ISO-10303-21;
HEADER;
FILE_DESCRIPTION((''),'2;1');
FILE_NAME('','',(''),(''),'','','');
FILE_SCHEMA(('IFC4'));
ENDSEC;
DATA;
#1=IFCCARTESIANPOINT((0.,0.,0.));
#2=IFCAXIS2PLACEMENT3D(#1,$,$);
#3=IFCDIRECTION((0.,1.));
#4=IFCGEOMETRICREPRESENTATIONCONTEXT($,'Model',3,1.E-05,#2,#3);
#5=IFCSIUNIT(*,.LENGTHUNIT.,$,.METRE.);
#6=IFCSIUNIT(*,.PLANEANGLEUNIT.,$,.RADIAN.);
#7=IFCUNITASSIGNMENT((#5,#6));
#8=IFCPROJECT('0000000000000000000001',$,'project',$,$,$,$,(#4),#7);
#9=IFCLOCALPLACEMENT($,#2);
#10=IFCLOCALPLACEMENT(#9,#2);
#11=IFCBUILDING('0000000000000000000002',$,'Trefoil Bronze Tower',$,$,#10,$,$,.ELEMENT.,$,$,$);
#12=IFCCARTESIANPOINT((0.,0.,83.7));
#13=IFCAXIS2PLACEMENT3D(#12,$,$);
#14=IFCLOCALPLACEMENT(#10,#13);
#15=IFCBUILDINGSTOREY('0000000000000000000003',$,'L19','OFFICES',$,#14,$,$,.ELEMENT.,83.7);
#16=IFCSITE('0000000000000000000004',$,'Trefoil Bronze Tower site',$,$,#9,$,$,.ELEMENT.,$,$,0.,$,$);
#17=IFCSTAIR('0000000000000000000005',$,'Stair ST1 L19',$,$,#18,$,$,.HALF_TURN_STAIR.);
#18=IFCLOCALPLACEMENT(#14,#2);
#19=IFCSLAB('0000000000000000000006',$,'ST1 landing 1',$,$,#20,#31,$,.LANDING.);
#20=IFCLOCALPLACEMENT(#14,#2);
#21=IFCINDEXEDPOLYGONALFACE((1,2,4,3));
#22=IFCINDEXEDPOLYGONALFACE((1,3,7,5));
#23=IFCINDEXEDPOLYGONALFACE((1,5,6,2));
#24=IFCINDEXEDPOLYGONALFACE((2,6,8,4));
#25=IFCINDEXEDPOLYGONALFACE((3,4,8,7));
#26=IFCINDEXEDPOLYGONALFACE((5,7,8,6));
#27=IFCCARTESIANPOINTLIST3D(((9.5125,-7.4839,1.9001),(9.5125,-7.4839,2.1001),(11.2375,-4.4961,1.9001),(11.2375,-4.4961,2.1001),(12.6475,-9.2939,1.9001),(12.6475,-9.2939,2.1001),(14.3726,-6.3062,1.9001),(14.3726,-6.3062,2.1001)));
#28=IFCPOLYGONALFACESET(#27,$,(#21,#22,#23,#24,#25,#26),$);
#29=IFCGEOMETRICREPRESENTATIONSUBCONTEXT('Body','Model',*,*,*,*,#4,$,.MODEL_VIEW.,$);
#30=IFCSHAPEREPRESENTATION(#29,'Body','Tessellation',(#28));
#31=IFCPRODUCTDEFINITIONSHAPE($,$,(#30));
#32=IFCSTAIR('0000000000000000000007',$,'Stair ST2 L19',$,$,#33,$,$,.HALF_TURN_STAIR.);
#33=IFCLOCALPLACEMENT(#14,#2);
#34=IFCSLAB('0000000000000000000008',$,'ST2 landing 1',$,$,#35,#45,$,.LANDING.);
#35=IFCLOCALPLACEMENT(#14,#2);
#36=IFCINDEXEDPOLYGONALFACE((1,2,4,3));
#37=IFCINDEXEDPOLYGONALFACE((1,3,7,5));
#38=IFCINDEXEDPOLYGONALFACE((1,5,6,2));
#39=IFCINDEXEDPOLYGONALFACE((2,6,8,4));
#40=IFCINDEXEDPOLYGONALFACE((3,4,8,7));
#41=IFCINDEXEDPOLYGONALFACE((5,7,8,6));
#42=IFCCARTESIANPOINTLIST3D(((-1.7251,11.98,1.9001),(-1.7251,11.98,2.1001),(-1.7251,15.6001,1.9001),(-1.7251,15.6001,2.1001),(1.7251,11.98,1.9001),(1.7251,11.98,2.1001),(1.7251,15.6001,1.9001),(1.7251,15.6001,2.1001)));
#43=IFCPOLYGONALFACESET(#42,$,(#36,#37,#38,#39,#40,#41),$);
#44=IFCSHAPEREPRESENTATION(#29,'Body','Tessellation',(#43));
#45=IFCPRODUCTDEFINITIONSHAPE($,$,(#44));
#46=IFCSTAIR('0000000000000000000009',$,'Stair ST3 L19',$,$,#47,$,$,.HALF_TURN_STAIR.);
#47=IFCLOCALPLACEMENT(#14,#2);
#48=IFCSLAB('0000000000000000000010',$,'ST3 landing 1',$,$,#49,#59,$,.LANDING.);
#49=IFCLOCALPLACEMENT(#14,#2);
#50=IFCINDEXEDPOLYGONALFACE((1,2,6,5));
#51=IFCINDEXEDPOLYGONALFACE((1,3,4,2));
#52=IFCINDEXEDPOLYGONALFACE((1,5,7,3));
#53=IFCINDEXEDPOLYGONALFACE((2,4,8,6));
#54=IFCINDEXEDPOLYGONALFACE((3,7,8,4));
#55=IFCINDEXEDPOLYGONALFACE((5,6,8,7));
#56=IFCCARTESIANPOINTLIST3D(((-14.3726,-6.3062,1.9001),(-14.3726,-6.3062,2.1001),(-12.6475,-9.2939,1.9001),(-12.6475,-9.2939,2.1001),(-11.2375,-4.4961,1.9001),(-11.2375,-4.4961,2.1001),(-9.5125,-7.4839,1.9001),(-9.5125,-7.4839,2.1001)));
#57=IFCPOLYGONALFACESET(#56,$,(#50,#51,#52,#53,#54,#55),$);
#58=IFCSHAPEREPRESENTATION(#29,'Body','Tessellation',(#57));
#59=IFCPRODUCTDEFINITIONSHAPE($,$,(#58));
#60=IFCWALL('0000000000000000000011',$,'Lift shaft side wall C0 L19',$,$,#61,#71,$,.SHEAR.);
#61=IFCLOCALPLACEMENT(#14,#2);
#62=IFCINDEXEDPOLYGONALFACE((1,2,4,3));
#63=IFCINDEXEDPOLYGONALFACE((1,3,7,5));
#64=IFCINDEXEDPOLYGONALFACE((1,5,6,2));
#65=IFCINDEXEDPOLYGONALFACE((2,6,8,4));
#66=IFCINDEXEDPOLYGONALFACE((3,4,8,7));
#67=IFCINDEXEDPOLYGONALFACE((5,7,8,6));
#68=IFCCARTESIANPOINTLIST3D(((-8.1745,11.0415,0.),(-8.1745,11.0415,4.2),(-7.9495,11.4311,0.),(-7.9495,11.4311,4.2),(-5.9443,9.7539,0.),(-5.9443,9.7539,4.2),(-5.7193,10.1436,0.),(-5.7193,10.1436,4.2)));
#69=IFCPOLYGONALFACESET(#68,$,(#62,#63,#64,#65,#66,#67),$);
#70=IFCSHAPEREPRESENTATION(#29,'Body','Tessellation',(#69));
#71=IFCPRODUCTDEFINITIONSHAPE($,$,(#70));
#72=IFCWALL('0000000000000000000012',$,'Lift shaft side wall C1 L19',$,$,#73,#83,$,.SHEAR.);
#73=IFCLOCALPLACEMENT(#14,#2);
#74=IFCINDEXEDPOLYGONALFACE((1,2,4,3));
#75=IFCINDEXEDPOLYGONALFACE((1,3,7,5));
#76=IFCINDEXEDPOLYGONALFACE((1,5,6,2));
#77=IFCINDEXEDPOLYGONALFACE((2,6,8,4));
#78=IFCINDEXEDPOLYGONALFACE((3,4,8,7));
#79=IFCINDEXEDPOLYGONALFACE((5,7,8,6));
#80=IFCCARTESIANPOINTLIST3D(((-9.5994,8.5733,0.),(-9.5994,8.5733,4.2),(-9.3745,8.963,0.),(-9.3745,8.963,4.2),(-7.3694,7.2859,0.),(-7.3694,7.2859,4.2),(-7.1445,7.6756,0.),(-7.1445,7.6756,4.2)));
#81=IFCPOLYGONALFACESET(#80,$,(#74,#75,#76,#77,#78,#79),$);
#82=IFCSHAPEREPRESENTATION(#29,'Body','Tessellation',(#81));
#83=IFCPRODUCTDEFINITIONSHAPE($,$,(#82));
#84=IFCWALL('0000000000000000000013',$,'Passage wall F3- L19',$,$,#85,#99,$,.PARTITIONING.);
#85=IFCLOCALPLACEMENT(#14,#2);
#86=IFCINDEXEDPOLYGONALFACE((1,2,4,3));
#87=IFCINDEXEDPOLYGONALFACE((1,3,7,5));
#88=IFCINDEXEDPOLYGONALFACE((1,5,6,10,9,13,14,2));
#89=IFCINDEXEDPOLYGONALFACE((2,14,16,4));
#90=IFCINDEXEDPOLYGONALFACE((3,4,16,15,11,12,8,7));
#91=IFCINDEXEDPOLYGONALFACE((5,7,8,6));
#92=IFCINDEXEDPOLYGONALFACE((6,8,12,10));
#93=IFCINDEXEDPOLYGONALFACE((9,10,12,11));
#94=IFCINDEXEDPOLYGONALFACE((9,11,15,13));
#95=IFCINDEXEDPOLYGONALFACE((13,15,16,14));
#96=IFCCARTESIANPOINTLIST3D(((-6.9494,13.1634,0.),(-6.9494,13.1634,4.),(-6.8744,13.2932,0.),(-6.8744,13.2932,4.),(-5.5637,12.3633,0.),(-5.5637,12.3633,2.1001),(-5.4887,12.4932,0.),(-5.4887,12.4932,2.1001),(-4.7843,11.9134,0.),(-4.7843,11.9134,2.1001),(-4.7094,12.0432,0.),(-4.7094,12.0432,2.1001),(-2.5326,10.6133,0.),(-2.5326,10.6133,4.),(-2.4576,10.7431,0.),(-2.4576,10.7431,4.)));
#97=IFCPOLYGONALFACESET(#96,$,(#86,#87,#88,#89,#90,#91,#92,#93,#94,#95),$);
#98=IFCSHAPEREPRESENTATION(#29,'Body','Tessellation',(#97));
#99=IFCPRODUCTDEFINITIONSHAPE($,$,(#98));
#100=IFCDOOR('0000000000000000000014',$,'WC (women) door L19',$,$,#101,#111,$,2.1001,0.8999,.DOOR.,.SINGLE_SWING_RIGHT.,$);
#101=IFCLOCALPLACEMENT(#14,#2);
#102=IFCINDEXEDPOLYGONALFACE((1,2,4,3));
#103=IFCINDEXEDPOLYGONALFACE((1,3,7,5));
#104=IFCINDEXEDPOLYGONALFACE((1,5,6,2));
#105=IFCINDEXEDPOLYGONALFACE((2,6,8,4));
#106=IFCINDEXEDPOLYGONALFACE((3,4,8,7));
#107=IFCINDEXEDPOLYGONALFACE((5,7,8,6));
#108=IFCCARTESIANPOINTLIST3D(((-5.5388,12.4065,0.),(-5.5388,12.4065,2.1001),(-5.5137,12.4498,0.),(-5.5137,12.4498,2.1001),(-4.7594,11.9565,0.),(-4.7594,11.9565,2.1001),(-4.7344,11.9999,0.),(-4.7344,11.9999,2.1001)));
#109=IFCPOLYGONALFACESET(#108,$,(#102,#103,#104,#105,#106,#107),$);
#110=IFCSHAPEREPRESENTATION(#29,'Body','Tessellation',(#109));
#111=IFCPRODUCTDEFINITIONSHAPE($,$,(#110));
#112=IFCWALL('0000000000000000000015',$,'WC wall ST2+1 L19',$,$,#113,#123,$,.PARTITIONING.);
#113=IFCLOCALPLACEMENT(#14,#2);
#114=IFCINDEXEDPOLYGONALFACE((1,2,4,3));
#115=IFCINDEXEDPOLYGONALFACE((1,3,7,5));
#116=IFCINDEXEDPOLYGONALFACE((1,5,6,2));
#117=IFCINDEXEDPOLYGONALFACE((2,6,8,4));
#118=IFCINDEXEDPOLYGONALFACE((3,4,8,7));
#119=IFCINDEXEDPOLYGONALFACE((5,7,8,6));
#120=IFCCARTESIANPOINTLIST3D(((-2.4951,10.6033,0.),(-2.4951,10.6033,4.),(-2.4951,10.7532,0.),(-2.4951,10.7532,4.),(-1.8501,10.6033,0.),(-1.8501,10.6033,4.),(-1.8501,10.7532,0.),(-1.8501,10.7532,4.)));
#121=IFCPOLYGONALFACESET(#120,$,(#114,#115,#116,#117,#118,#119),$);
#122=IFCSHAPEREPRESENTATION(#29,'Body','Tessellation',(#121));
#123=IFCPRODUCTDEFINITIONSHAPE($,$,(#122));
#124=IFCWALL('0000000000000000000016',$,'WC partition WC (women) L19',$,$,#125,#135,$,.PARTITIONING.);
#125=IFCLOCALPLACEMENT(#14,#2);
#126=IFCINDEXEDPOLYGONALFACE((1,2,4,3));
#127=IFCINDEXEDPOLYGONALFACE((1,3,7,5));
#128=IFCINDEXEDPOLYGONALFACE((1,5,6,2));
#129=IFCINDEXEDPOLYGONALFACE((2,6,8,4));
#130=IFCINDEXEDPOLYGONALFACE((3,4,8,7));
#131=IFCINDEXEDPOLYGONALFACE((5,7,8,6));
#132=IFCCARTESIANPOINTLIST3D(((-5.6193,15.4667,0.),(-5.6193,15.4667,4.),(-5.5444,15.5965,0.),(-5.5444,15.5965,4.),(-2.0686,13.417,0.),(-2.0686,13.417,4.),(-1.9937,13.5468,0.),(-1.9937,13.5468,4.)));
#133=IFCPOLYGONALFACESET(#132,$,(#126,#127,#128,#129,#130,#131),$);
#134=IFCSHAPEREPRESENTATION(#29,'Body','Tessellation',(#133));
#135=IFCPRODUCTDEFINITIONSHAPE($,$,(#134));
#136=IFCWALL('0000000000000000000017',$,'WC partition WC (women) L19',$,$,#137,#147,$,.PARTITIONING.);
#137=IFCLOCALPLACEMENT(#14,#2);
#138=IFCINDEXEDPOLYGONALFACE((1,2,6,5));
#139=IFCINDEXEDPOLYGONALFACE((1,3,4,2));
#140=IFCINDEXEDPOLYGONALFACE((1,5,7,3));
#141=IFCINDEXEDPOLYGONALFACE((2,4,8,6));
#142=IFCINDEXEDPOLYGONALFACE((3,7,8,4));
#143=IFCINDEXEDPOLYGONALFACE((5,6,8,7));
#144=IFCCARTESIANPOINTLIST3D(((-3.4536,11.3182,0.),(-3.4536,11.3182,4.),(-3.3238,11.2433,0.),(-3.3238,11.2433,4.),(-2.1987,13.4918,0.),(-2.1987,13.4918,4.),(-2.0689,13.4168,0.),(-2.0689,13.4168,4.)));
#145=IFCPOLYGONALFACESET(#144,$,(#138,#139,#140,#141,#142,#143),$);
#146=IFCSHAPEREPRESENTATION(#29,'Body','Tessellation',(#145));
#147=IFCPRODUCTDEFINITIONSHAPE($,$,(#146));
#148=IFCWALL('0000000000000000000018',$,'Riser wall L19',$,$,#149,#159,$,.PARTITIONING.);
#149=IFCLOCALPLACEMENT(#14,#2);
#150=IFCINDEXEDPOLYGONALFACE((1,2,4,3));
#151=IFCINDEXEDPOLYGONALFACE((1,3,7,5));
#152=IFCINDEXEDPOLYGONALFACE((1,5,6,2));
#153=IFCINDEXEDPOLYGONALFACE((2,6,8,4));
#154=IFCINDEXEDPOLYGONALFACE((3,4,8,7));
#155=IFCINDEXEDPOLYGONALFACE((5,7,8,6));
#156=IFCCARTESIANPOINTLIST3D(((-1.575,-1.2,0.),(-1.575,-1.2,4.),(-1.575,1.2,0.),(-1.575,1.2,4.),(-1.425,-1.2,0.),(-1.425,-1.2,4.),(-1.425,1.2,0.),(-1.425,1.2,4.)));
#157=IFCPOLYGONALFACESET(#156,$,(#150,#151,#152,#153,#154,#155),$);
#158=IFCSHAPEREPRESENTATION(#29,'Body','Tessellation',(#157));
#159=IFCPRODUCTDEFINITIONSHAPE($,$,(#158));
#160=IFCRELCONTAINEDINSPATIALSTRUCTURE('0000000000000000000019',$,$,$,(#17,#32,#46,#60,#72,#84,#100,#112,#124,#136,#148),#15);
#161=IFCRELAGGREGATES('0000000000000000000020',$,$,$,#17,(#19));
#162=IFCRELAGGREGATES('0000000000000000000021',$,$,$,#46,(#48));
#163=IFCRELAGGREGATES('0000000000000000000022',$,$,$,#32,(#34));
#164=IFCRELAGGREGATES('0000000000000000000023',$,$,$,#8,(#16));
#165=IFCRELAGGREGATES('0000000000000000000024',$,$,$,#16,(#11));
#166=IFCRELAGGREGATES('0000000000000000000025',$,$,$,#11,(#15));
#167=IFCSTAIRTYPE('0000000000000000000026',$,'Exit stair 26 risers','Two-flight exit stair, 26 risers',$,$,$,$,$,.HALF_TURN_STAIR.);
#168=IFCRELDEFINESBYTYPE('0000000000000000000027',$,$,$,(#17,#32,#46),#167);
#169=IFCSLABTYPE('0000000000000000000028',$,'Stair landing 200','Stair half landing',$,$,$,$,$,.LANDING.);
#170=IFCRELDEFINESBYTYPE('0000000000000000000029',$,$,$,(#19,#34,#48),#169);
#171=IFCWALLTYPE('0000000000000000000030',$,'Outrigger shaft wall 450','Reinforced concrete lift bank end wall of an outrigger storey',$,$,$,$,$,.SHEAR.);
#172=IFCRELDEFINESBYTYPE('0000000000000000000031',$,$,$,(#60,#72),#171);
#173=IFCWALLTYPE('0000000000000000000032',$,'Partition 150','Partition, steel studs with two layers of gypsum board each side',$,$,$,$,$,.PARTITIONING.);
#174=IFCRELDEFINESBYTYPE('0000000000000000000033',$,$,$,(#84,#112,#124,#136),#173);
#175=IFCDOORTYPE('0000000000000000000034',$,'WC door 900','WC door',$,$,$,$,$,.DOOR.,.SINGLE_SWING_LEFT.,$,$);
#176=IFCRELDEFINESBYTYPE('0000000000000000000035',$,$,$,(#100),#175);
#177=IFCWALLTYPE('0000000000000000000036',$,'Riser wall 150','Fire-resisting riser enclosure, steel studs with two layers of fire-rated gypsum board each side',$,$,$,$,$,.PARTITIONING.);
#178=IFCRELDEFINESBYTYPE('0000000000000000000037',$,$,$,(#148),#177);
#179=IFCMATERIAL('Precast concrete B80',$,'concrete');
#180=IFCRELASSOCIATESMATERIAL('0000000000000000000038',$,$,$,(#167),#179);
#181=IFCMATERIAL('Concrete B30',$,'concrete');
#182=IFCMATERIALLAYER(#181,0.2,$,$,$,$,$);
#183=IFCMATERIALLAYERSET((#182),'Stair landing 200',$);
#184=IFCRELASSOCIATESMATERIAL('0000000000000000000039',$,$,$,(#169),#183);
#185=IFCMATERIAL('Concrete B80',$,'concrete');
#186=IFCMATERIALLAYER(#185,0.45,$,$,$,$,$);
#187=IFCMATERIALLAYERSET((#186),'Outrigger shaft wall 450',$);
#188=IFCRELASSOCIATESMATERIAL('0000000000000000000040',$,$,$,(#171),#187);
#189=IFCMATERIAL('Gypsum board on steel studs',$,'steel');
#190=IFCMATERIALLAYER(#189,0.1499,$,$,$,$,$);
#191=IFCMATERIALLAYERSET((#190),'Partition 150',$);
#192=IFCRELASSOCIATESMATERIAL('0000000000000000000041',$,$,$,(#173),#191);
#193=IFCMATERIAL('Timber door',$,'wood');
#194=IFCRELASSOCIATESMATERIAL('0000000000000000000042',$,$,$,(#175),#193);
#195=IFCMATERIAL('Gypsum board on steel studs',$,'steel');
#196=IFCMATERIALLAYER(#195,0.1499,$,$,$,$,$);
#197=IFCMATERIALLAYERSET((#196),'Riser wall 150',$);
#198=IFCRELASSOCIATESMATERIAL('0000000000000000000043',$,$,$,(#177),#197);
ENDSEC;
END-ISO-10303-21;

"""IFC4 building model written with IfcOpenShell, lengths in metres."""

from ifc_helpers import new_model, si_unit, direction, frame, frame_2d, origin, place, context, subcontext, project, spatial, polyline, rectangle, outline, extrude, material, layer, layer_set, type_object, element, fill, aggregate, save


model = new_model("IFC4")

# Units and contexts
model_context = context("Model", 3, precision=1e-05, world=origin(), true_north=direction((0.0, 1.0)))
body_context = subcontext(model_context, "Body", "Model", "MODEL_VIEW")
ifc_project = project(units=[si_unit("LENGTHUNIT", "METRE"), si_unit("PLANEANGLEUNIT", "RADIAN")], contexts=[model_context])

# Site, building, storey
site_placement = place(None, origin())
site = spatial("IfcSite", under=ifc_project, at=site_placement, Name="Trefoil Bronze Tower site", CompositionType="ELEMENT", RefElevation=0.0)
building_placement = place(site_placement, origin())
building = spatial("IfcBuilding", under=site, at=building_placement, Name="Trefoil Bronze Tower", CompositionType="ELEMENT")
storey_placement = place(building_placement, frame((0.0, 0.0, 83.7)))
storey = spatial("IfcBuildingStorey", under=building, at=storey_placement, Name="L19", Description="OFFICES", CompositionType="ELEMENT", Elevation=83.7)

# Stairs, slabs
ifc_material_1 = material(Name="Precast concrete B80", Category="concrete")
stair_type = type_object("IfcStairType", Name="Exit stair 26 risers", Description="Two-flight exit stair, 26 risers", PredefinedType="HALF_TURN_STAIR", material=ifc_material_1)
stair_1_placement = place(storey_placement, origin())
stair_1 = element("IfcStair", 1, at=stair_1_placement, inside=storey, type_object=stair_type, Name="Stair ST1 L19", PredefinedType="HALF_TURN_STAIR")
ifc_material_2 = material(Name="Concrete B30", Category="concrete")
ifc_layer_1 = layer(ifc_material_2, 0.2)
ifc_layer_set_1 = layer_set([ifc_layer_1], Name="Stair landing 200")
slab_type = type_object("IfcSlabType", Name="Stair landing 200", Description="Stair half landing", PredefinedType="LANDING", material=ifc_layer_set_1)
slab_1_placement = place(storey_placement, frame((0.0, 0.0, 1.9001)))
slab_1 = element("IfcSlab", 2, at=slab_1_placement, type_object=slab_type, Name="ST1 landing 1", PredefinedType="LANDING", context=body_context, shape_type="SweptSolid", body=[
    extrude(outline(polyline([(9.5125, -7.4839), (12.6475, -9.2939), (14.3726, -6.3062), (11.2375, -4.4961), (9.5125, -7.4839)])), origin(), (0.0, 0.0, 1.0), 0.2),
])
aggregate(stair_1, [slab_1])
stair_2_placement = place(storey_placement, origin())
stair_2 = element("IfcStair", 3, at=stair_2_placement, inside=storey, type_object=stair_type, Name="Stair ST2 L19", PredefinedType="HALF_TURN_STAIR")
slab_2_placement = place(storey_placement, frame((0.0, 0.0, 1.9001)))
slab_2 = element("IfcSlab", 4, at=slab_2_placement, type_object=slab_type, Name="ST2 landing 1", PredefinedType="LANDING", context=body_context, shape_type="SweptSolid", body=[
    extrude(outline(polyline([(1.7251, 11.98), (1.7251, 15.6001), (-1.7251, 15.6001), (-1.7251, 11.98), (1.7251, 11.98)])), origin(), (0.0, 0.0, 1.0), 0.2),
])
stair_3_placement = place(storey_placement, origin())
stair_3 = element("IfcStair", 5, at=stair_3_placement, inside=storey, type_object=stair_type, Name="Stair ST3 L19", PredefinedType="HALF_TURN_STAIR")
slab_3_placement = place(storey_placement, frame((0.0, 0.0, 1.9001)))
slab_3 = element("IfcSlab", 6, at=slab_3_placement, type_object=slab_type, Name="ST3 landing 1", PredefinedType="LANDING", context=body_context, shape_type="SweptSolid", body=[
    extrude(outline(polyline([(-11.2375, -4.4961), (-14.3726, -6.3062), (-12.6475, -9.2939), (-9.5125, -7.4839), (-11.2375, -4.4961)])), origin(), (0.0, 0.0, 1.0), 0.2),
])
aggregate(stair_3, [slab_3])

# Walls
ifc_material_3 = material(Name="Concrete B80", Category="concrete")
ifc_layer_2 = layer(ifc_material_3, 0.45)
ifc_layer_set_2 = layer_set([ifc_layer_2], Name="Outrigger shaft wall 450")
wall_type_1 = type_object("IfcWallType", Name="Outrigger shaft wall 450", Description="Reinforced concrete lift bank end wall of an outrigger storey", PredefinedType="SHEAR", material=ifc_layer_set_2)
wall_1_placement = place(storey_placement, frame((-5.8318, 9.9487, 0.0), z_axis=(0.0, 0.0, 1.0), x_axis=(-0.866029, 0.499993, 0.0)))
element("IfcWall", 7, at=wall_1_placement, inside=storey, type_object=wall_type_1, Name="Lift shaft side wall C0 L19", PredefinedType="SHEAR", context=body_context, shape_type="SweptSolid", body=[
    extrude(rectangle(XDim=2.5752, YDim=0.45, at=frame_2d((1.2876, 0.0))), origin(), (0.0, 0.0, 1.0), 4.2),
])
wall_2_placement = place(storey_placement, frame((-7.2568, 7.4807, 0.0), z_axis=(0.0, 0.0, 1.0), x_axis=(-0.866047, 0.499963, 0.0)))
element("IfcWall", 8, at=wall_2_placement, inside=storey, type_object=wall_type_1, Name="Lift shaft side wall C1 L19", PredefinedType="SHEAR", context=body_context, shape_type="SweptSolid", body=[
    extrude(rectangle(XDim=2.575, YDim=0.45, at=frame_2d((1.2876, 0.0))), origin(), (0.0, 0.0, 1.0), 4.2),
])

# Wall, opening, door
ifc_material_4 = material(Name="Gypsum board on steel studs", Category="steel")
ifc_layer_3 = layer(ifc_material_4, 0.1499)
ifc_layer_set_3 = layer_set([ifc_layer_3], Name="Partition 150")
wall_type_2 = type_object("IfcWallType", Name="Partition 150", Description="Partition, steel studs with two layers of gypsum board each side", PredefinedType="PARTITIONING", material=ifc_layer_set_3)
wall_3_placement = place(storey_placement, frame((-2.4951, 10.6782, 0.0), z_axis=(0.0, 0.0, 1.0), x_axis=(-0.866022, 0.500006, 0.0)))
wall_3 = element("IfcWall", 9, at=wall_3_placement, inside=storey, type_object=wall_type_2, Name="Passage wall F3- L19", PredefinedType="PARTITIONING", context=body_context, shape_type="SweptSolid", body=[
    extrude(rectangle(XDim=5.1001, YDim=0.1499, at=frame_2d((2.55, 0.0))), origin(), (0.0, 0.0, 1.0), 4.0),
])
opening_1_placement = place(wall_3_placement, frame((2.6001, 0.0, 0.0)))
opening_1 = element("IfcOpeningElement", 10, at=opening_1_placement, cuts=wall_3, PredefinedType="OPENING", context=body_context, shape_type="SweptSolid", body=[
    extrude(rectangle(XDim=0.8999, YDim=2.1001, at=frame_2d((0.45, 1.05))), frame((0.0, 0.085, 0.0), z_axis=(0.0, -1.0, 0.0), x_axis=(1.0, 0.0, 0.0)), (0.0, 0.0, 1.0), 0.1699),
])
ifc_material_5 = material(Name="Timber door", Category="wood")
door_type_1 = type_object("IfcDoorType", Name="WC door 900", Description="WC door", OperationType="SINGLE_SWING_LEFT", PredefinedType="DOOR", material=ifc_material_5)
door_1_placement = place(opening_1_placement, frame((0.8999, 0.0, 0.0), z_axis=(0.0, 0.0, 1.0), x_axis=(-1.0, 0.0, 0.0)))
door_1 = element("IfcDoor", 11, at=door_1_placement, inside=storey, type_object=door_type_1, Name="WC (women) door L19", OperationType="SINGLE_SWING_RIGHT", OverallHeight=2.1001, OverallWidth=0.8999, PredefinedType="DOOR", context=body_context, shape_type="SweptSolid", body=[
    extrude(rectangle(XDim=0.8999, YDim=2.1001, at=frame_2d((0.45, 1.05))), frame((0.0, 0.0249, 0.0), z_axis=(0.0, -1.0, 0.0), x_axis=(1.0, 0.0, 0.0)), (0.0, 0.0, 1.0), 0.05),
])
fill(opening_1, door_1)

# Walls
wall_4_placement = place(storey_placement, frame((-2.4951, 10.6782, 0.0), z_axis=(0.0, 0.0, 1.0), x_axis=(1.0, 0.0, 0.0)))
element("IfcWall", 12, at=wall_4_placement, inside=storey, type_object=wall_type_2, Name="WC wall ST2+1 L19", PredefinedType="PARTITIONING", context=body_context, shape_type="SweptSolid", body=[
    extrude(rectangle(XDim=0.645, YDim=0.1499, at=frame_2d((0.3225, 0.0))), origin(), (0.0, 0.0, 1.0), 4.0),
])
wall_5_placement = place(storey_placement, frame((-2.0312, 13.4819, 0.0), z_axis=(0.0, 0.0, 1.0), x_axis=(-0.866051, 0.499956, 0.0)))
element("IfcWall", 13, at=wall_5_placement, inside=storey, type_object=wall_type_2, Name="WC partition WC (women) L19", PredefinedType="PARTITIONING", context=body_context, shape_type="SweptSolid", body=[
    extrude(rectangle(XDim=4.0999, YDim=0.1499, at=frame_2d((2.0498, 0.0))), origin(), (0.0, 0.0, 1.0), 4.0),
])
wall_6_placement = place(storey_placement, frame((-3.3887, 11.2808, 0.0), z_axis=(0.0, 0.0, 1.0), x_axis=(0.499989, 0.866032, 0.0)))
element("IfcWall", 14, at=wall_6_placement, inside=storey, type_object=wall_type_2, Name="WC partition WC (women) L19", PredefinedType="PARTITIONING", context=body_context, shape_type="SweptSolid", body=[
    extrude(rectangle(XDim=2.5098, YDim=0.1499, at=frame_2d((1.2549, 0.0))), origin(), (0.0, 0.0, 1.0), 4.0),
])
ifc_material_6 = material(Name="Gypsum board on steel studs", Category="steel")
ifc_layer_4 = layer(ifc_material_6, 0.1499)
ifc_layer_set_4 = layer_set([ifc_layer_4], Name="Riser wall 150")
wall_type_3 = type_object("IfcWallType", Name="Riser wall 150", Description="Fire-resisting riser enclosure, steel studs with two layers of fire-rated gypsum board each side", PredefinedType="PARTITIONING", material=ifc_layer_set_4)
wall_7_placement = place(storey_placement, frame((-1.5, 1.2, 0.0), z_axis=(0.0, 0.0, 1.0), x_axis=(0.0, -1.0, 0.0)))
element("IfcWall", 15, at=wall_7_placement, inside=storey, type_object=wall_type_3, Name="Riser wall L19", PredefinedType="PARTITIONING", context=body_context, shape_type="SweptSolid", body=[
    extrude(rectangle(XDim=2.3999, YDim=0.1499, at=frame_2d((1.2, 0.0))), origin(), (0.0, 0.0, 1.0), 4.0),
])

aggregate(stair_2, [slab_2])

save(model, "model.ifc")
